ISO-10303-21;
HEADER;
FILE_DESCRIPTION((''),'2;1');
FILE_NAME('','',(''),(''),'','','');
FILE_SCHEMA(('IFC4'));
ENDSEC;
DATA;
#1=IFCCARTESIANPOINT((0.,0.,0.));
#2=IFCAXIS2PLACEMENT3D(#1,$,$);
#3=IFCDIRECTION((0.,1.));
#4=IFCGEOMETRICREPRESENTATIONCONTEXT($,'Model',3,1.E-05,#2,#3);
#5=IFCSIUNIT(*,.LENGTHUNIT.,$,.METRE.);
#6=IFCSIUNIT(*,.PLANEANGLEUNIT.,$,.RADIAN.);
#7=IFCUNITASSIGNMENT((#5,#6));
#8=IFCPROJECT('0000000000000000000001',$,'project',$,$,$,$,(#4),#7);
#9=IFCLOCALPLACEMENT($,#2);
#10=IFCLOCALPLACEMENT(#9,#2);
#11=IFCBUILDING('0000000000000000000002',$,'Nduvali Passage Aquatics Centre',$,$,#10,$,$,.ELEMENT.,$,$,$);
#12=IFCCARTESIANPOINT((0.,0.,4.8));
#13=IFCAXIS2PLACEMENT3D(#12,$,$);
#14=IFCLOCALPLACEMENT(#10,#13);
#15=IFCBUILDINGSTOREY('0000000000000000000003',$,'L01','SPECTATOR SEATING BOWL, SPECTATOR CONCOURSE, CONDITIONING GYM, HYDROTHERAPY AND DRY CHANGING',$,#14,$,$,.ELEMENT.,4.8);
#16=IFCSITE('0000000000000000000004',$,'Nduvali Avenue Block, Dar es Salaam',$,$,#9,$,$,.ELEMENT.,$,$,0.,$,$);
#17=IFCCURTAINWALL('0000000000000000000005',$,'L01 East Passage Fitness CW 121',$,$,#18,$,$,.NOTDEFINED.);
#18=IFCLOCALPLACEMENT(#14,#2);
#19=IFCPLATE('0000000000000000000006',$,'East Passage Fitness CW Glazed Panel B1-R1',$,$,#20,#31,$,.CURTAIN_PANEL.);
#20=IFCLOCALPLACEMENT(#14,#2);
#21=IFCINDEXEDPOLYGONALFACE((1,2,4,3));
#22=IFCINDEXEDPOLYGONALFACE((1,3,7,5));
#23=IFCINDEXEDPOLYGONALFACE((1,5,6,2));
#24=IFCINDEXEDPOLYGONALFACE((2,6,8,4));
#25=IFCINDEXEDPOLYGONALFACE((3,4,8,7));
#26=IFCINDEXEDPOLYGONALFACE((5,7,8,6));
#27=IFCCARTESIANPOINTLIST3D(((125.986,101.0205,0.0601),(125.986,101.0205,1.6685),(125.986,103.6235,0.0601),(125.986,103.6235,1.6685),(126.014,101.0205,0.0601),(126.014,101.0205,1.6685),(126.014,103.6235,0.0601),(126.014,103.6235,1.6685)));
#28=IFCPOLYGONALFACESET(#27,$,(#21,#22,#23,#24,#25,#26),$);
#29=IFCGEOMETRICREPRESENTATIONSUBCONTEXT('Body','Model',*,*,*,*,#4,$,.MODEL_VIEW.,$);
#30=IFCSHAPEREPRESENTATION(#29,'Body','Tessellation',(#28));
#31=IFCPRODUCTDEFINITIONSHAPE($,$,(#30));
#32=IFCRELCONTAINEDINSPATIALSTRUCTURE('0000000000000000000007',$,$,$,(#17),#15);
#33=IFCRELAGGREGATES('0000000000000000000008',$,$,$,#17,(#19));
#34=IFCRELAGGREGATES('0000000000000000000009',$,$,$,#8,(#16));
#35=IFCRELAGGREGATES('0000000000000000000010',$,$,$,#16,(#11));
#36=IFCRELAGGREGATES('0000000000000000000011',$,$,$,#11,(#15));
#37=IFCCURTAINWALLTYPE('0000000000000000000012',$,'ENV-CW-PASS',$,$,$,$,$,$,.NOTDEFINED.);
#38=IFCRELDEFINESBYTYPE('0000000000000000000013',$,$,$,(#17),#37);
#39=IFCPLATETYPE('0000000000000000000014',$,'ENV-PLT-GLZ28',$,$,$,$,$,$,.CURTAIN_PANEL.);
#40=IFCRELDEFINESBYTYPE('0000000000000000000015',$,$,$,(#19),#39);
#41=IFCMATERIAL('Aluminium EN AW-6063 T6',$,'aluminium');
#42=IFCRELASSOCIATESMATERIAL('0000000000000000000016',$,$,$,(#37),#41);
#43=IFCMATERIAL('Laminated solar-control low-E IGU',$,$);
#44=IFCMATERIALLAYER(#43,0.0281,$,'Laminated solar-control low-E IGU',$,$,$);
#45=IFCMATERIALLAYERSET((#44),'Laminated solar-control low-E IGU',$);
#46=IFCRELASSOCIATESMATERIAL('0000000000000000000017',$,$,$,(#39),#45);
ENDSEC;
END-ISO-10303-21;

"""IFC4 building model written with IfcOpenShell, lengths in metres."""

from ifc_helpers import new_model, si_unit, direction, frame, origin, origin_2d, place, context, subcontext, project, spatial, rectangle, extrude, material, layer, layer_set, type_object, element, aggregate, save


model = new_model("IFC4")

# Units and contexts
model_context = context("Model", 3, precision=1e-05, world=origin(), true_north=direction((0.0, 1.0)))
body_context = subcontext(model_context, "Body", "Model", "MODEL_VIEW")
ifc_project = project(units=[si_unit("LENGTHUNIT", "METRE"), si_unit("PLANEANGLEUNIT", "RADIAN")], contexts=[model_context])

# Site, building, storey
site_placement = place(None, origin())
site = spatial("IfcSite", under=ifc_project, at=site_placement, Name="Nduvali Avenue Block, Dar es Salaam", CompositionType="ELEMENT", RefElevation=0.0)
building_placement = place(site_placement, origin())
building = spatial("IfcBuilding", under=site, at=building_placement, Name="Nduvali Passage Aquatics Centre", CompositionType="ELEMENT")
storey_placement = place(building_placement, frame((0.0, 0.0, 4.8)))
storey = spatial("IfcBuildingStorey", under=building, at=storey_placement, Name="L01", Description="SPECTATOR SEATING BOWL, SPECTATOR CONCOURSE, CONDITIONING GYM, HYDROTHERAPY AND DRY CHANGING", CompositionType="ELEMENT", Elevation=4.8)

# Shared definitions
ifc_material_1 = material(Name="Aluminium EN AW-6063 T6", Category="aluminium")
curtain_wall_type = type_object("IfcCurtainWallType", Name="ENV-CW-PASS", PredefinedType="NOTDEFINED", material=ifc_material_1)

# Curtain wall
curtain_wall_1_placement = place(storey_placement, origin())
curtain_wall_1 = element("IfcCurtainWall", 1, at=curtain_wall_1_placement, inside=storey, type_object=curtain_wall_type, Name="L01 East Passage Fitness CW 121", PredefinedType="NOTDEFINED")

# Plate
ifc_material_2 = material(Name="Laminated solar-control low-E IGU")
ifc_layer = layer(ifc_material_2, 0.0281, Name="Laminated solar-control low-E IGU")
ifc_layer_set = layer_set([ifc_layer], Name="Laminated solar-control low-E IGU")
plate_type = type_object("IfcPlateType", Name="ENV-PLT-GLZ28", PredefinedType="CURTAIN_PANEL", material=ifc_layer_set)
plate_1_placement = place(storey_placement, frame((126.0, 102.322, 0.0601), z_axis=(0.0, 0.0, 1.0), x_axis=(0.0, 1.0, 0.0)))
plate_1 = element("IfcPlate", 2, at=plate_1_placement, type_object=plate_type, Name="East Passage Fitness CW Glazed Panel B1-R1", PredefinedType="CURTAIN_PANEL", context=body_context, shape_type="SweptSolid", body=[
    extrude(rectangle(XDim=2.603, YDim=0.0281, at=origin_2d()), origin(), (0.0, 0.0, 1.0), 1.6084),
])
aggregate(curtain_wall_1, [plate_1])

save(model, "model.ifc")
